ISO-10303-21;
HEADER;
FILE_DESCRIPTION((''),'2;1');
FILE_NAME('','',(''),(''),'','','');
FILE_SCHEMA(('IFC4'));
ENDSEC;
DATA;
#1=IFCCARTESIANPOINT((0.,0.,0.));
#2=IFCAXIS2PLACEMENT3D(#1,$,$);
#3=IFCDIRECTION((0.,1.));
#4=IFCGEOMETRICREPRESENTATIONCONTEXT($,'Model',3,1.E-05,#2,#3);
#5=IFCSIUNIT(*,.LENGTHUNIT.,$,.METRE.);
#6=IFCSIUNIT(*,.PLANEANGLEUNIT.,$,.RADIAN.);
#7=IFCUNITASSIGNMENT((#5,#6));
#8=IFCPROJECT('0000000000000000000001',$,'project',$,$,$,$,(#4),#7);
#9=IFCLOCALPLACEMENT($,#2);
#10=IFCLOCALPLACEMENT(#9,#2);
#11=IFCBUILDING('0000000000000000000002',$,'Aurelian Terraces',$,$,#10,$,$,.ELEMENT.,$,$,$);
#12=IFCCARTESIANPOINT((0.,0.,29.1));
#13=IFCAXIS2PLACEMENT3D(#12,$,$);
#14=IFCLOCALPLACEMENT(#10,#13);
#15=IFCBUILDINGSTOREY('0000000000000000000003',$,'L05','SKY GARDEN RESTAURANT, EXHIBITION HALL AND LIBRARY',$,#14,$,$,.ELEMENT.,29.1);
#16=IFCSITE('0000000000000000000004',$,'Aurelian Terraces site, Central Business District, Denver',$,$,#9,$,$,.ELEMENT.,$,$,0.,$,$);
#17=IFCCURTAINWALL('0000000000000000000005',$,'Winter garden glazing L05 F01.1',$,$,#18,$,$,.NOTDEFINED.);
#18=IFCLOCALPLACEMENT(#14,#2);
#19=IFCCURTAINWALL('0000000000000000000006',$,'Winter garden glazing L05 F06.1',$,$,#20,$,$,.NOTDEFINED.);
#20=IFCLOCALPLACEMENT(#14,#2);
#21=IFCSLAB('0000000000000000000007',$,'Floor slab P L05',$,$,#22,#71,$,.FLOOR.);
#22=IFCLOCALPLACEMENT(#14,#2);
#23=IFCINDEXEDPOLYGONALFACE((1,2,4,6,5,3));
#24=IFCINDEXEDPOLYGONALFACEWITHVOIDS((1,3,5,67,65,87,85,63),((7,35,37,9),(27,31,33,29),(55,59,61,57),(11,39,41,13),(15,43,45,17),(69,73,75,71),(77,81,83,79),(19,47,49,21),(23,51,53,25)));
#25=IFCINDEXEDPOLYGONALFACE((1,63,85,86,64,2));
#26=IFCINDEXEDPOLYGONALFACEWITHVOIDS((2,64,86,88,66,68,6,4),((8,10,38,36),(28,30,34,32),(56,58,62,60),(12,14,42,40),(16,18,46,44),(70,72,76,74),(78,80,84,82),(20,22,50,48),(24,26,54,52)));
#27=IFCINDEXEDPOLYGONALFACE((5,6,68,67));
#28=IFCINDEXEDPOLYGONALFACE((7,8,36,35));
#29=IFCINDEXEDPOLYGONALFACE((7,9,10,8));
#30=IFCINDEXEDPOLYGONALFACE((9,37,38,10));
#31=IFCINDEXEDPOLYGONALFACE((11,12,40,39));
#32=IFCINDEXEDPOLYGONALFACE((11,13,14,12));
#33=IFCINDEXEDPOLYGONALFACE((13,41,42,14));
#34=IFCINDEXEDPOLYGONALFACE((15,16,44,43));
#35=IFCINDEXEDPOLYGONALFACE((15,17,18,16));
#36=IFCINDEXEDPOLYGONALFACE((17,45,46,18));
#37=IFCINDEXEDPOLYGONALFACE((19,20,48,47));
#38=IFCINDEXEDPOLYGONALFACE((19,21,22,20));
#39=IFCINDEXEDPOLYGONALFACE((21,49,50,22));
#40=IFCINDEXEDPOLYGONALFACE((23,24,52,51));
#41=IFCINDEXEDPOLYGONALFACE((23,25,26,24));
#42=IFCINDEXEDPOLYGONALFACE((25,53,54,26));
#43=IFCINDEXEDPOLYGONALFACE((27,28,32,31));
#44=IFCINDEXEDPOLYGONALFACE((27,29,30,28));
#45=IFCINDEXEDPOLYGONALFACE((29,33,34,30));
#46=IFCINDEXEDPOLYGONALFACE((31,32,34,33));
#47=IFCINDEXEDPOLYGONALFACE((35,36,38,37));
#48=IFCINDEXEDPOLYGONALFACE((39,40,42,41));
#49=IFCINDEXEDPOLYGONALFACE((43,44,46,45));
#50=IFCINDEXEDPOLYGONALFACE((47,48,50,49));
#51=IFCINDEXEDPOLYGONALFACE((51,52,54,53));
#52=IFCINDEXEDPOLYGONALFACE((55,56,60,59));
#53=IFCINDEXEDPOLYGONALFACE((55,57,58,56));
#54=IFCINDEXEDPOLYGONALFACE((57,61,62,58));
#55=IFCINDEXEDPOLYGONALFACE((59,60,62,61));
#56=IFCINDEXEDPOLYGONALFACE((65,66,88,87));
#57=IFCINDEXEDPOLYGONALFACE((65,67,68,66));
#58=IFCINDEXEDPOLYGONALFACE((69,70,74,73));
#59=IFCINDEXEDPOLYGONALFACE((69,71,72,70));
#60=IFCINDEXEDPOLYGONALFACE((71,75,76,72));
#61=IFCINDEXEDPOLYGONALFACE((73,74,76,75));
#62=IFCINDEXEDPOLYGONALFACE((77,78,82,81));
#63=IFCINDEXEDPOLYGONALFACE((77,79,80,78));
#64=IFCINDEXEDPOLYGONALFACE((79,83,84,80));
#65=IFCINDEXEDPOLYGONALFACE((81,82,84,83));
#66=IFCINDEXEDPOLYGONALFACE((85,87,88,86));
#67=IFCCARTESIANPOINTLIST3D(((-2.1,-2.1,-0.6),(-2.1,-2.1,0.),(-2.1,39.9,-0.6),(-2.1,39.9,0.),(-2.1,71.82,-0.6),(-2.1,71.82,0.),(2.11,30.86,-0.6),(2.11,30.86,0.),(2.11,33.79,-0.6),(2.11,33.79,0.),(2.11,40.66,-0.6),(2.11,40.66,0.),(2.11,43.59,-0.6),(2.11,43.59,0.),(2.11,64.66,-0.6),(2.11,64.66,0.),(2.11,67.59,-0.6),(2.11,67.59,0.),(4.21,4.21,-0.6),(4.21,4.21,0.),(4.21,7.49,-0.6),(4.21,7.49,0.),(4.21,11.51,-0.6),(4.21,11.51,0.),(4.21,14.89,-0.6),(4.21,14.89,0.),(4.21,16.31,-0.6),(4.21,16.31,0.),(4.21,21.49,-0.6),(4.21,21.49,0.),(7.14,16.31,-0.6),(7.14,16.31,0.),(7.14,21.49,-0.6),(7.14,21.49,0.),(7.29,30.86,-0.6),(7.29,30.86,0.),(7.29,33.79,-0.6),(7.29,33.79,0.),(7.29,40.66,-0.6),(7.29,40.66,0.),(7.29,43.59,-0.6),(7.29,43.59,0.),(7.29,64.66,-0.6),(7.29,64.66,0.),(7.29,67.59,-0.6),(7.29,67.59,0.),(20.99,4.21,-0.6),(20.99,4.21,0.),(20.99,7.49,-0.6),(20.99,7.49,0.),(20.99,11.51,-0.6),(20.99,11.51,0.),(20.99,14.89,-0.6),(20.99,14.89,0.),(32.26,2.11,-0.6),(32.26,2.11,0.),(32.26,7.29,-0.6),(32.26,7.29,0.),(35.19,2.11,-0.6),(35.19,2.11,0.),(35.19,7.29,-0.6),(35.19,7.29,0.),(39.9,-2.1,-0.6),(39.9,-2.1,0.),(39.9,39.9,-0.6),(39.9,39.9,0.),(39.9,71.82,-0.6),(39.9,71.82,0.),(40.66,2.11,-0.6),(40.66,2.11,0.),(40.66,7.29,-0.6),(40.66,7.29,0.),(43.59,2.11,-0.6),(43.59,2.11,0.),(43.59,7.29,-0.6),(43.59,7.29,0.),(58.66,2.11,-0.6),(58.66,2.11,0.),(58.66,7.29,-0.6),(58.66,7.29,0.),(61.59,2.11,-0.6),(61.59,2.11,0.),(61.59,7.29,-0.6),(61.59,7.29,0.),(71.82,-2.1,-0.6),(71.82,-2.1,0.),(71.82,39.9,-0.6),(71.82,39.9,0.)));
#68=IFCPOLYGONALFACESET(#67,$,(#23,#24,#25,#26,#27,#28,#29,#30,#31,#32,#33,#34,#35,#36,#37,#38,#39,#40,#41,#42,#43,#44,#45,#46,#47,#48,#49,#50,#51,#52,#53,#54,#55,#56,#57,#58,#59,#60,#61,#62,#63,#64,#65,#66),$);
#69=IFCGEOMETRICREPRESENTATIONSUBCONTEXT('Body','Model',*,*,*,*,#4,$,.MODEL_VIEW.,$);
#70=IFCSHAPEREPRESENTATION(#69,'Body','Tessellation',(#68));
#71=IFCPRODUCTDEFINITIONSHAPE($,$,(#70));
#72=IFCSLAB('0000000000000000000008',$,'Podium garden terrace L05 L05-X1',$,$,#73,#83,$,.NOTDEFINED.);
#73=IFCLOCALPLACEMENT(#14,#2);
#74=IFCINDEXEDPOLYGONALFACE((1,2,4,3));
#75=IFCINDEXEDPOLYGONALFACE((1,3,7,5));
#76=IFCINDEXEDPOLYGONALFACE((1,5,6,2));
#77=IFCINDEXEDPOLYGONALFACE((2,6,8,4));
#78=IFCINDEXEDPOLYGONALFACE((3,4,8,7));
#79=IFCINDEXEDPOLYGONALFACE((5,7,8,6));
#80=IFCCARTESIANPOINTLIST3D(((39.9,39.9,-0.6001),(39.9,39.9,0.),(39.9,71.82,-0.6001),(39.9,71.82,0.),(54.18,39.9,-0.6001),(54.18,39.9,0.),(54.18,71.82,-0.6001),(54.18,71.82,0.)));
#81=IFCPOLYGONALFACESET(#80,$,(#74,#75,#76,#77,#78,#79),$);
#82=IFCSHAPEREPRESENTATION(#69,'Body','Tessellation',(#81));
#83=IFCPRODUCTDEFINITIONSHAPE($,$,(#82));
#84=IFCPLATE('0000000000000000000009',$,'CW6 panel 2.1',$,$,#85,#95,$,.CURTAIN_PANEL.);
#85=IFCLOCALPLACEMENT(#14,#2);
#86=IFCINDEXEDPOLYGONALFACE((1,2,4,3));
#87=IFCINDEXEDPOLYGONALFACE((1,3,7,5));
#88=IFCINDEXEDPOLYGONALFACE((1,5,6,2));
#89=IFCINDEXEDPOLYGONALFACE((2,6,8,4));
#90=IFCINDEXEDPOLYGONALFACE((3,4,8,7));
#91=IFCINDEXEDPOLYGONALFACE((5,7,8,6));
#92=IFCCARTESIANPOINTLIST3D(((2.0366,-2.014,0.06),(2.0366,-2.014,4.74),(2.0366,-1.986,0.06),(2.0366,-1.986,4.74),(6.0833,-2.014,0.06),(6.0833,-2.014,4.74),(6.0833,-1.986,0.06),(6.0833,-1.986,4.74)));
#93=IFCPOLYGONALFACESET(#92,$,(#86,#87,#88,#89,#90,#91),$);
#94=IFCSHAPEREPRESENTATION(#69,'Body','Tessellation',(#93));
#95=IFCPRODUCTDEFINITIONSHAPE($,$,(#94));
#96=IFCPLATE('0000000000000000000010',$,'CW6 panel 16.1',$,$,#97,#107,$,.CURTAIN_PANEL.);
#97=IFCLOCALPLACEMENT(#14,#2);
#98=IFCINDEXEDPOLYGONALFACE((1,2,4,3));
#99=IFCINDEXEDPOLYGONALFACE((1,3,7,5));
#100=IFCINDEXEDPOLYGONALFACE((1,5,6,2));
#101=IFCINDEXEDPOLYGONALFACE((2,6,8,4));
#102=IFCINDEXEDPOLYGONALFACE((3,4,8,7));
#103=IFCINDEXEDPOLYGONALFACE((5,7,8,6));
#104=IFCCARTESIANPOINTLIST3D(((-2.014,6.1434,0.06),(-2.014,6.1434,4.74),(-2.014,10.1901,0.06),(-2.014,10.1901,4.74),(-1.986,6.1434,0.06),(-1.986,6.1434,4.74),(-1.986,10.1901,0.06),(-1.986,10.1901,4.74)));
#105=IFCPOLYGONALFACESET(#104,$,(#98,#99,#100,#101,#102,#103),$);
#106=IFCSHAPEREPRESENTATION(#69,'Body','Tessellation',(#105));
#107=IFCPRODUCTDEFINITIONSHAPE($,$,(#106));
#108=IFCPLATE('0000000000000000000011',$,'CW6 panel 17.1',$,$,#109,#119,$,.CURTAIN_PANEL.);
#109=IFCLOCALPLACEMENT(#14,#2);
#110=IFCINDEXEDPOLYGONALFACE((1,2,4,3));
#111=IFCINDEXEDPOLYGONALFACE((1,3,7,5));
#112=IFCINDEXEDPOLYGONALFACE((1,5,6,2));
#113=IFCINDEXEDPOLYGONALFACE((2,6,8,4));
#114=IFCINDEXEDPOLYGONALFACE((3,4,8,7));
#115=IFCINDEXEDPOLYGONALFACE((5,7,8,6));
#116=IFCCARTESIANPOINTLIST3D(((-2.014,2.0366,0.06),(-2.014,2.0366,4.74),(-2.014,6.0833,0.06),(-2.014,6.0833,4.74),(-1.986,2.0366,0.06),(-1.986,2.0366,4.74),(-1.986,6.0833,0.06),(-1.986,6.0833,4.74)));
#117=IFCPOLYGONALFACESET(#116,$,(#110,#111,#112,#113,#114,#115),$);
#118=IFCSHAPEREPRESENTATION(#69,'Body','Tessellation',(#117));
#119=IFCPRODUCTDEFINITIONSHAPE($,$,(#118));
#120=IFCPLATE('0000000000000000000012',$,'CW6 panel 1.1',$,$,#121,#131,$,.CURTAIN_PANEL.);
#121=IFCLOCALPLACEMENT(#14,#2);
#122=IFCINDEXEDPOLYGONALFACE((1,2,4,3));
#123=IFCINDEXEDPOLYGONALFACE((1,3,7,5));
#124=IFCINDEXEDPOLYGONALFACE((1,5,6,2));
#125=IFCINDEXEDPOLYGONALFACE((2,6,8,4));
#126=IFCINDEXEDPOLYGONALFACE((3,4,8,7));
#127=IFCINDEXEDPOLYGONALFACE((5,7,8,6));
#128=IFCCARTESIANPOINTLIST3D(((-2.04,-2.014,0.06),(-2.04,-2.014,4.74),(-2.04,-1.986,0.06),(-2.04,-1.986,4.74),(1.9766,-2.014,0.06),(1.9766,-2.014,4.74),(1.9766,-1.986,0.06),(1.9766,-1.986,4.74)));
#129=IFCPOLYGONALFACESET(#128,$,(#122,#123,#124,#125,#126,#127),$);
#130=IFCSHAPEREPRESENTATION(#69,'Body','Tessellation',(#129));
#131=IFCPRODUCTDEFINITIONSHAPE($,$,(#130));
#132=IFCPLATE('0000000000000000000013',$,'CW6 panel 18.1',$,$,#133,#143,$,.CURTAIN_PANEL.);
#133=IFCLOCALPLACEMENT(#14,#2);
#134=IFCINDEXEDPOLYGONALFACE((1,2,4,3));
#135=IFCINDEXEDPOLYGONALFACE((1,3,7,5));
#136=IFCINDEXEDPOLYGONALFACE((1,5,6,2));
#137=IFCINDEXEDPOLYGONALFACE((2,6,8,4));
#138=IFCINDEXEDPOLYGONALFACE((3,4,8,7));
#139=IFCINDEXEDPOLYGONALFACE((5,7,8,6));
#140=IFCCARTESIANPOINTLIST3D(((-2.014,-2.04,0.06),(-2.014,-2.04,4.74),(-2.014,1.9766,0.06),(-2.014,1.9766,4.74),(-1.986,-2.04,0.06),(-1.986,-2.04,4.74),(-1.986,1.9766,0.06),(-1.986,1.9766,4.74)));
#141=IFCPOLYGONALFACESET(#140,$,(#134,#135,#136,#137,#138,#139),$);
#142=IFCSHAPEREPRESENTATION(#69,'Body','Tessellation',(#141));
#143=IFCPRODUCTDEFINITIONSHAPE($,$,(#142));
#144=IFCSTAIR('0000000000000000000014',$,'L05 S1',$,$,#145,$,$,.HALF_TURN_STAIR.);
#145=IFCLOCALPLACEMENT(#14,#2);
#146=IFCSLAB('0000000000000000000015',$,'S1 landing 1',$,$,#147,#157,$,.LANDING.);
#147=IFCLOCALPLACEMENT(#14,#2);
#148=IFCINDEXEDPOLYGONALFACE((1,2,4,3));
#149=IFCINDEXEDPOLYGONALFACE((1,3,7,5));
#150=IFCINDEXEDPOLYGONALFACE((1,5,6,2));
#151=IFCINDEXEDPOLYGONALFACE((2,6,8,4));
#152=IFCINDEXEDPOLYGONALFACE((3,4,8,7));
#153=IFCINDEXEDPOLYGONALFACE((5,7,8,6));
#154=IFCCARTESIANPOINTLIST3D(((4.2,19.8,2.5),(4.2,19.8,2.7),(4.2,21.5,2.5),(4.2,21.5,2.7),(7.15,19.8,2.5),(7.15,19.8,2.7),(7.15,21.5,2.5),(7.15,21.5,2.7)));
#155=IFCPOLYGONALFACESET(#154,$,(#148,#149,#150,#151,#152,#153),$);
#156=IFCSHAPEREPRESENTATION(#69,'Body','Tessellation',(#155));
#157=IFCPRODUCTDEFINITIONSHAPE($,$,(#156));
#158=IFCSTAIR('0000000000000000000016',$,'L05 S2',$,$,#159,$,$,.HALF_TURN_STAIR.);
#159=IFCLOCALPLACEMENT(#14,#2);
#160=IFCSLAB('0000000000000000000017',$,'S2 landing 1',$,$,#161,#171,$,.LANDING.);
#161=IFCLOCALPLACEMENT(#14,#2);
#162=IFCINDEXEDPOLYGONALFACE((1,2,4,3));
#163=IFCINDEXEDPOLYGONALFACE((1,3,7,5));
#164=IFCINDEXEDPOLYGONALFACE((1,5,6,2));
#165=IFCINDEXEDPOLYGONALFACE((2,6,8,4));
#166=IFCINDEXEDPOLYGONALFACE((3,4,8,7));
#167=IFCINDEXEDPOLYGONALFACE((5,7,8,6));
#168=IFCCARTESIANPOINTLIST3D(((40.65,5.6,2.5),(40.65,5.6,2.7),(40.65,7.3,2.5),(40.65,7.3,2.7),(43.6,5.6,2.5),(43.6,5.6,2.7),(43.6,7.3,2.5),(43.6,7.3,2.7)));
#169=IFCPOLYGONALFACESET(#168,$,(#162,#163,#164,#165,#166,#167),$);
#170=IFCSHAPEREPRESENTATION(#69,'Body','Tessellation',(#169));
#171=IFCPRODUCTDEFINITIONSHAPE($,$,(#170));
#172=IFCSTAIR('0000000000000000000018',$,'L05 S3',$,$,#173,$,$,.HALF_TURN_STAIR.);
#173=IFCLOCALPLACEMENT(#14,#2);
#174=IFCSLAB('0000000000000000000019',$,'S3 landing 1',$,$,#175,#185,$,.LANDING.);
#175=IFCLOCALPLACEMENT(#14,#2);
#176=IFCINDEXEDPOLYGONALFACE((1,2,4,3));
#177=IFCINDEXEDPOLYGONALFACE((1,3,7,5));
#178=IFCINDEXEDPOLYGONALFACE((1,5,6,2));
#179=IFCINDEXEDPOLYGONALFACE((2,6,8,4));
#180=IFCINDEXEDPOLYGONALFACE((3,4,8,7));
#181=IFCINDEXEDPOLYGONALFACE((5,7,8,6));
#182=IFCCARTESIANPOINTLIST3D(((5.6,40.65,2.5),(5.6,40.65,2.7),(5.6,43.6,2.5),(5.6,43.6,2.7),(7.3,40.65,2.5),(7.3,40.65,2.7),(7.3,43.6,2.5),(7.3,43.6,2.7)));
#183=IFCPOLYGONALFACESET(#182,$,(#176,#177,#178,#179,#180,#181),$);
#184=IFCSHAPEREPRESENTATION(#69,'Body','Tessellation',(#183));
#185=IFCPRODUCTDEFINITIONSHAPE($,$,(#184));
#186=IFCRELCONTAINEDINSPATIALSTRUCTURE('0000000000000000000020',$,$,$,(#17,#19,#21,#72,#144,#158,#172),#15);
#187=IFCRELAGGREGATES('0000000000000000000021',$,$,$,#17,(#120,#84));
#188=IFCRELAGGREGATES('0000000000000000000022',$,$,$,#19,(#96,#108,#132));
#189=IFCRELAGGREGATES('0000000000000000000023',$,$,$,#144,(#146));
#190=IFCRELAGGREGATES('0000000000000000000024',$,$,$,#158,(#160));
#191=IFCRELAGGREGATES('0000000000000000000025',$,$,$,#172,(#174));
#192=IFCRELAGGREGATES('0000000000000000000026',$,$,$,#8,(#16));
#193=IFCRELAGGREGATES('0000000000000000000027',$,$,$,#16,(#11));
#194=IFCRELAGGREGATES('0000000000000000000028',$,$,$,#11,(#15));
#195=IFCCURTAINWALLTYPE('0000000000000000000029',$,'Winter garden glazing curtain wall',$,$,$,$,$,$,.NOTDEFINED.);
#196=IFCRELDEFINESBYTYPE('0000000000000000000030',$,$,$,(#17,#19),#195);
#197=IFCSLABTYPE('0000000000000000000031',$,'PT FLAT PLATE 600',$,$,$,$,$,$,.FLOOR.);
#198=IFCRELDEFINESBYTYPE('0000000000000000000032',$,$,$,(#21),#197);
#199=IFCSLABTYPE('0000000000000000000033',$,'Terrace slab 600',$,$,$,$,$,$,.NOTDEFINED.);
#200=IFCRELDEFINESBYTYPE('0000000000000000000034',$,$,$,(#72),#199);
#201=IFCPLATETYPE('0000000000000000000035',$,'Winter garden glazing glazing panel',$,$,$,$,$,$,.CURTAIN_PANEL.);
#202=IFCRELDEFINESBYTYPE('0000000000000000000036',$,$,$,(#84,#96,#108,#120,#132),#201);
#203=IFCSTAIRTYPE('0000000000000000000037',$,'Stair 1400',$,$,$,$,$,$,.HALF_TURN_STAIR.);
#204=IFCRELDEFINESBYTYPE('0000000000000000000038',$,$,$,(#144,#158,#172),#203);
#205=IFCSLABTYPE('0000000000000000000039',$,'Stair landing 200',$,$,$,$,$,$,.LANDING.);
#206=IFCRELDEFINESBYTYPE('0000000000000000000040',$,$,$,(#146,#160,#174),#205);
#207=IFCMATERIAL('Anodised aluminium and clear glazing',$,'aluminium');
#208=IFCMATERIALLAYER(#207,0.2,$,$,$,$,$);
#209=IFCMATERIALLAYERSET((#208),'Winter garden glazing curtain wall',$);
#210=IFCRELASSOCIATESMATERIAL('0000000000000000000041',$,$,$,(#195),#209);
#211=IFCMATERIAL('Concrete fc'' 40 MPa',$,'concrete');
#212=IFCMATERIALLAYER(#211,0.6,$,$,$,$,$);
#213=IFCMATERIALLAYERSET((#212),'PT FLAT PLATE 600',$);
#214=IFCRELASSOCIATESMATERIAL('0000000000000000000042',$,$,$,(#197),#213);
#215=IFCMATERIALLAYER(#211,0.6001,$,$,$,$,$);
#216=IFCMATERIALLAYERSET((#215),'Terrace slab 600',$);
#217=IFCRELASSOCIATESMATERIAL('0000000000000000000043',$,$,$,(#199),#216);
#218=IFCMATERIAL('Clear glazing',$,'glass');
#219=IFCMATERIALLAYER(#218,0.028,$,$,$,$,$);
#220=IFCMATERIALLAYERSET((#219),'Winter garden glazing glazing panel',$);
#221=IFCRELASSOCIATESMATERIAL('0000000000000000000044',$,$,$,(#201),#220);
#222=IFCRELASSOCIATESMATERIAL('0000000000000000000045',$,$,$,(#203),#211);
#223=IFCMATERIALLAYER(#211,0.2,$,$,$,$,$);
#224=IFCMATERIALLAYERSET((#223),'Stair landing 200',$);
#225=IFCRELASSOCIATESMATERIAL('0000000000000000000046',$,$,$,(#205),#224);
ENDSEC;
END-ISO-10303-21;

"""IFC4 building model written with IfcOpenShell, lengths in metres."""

from ifc_helpers import new_model, si_unit, direction, frame, origin, origin_2d, place, context, subcontext, project, spatial, polyline, rectangle, outline, extrude, source, transform, mapped, material, layer, layer_set, type_object, element, aggregate, save


model = new_model("IFC4")

# Units and contexts
model_context = context("Model", 3, precision=1e-05, world=origin(), true_north=direction((0.0, 1.0)))
body_context = subcontext(model_context, "Body", "Model", "MODEL_VIEW")
ifc_project = project(units=[si_unit("LENGTHUNIT", "METRE"), si_unit("PLANEANGLEUNIT", "RADIAN")], contexts=[model_context])

# Site, building, storey
site_placement = place(None, origin())
site = spatial("IfcSite", under=ifc_project, at=site_placement, Name="Aurelian Terraces site, Central Business District, Denver", CompositionType="ELEMENT", RefElevation=0.0)
building_placement = place(site_placement, origin())
building = spatial("IfcBuilding", under=site, at=building_placement, Name="Aurelian Terraces", CompositionType="ELEMENT")
storey_placement = place(building_placement, frame((0.0, 0.0, 29.1)))
storey = spatial("IfcBuildingStorey", under=building, at=storey_placement, Name="L05", Description="SKY GARDEN RESTAURANT, EXHIBITION HALL AND LIBRARY", CompositionType="ELEMENT", Elevation=29.1)

# Curtain walls
ifc_material_1 = material(Name="Anodised aluminium and clear glazing", Category="aluminium")
ifc_layer_1 = layer(ifc_material_1, 0.2)
ifc_layer_set_1 = layer_set([ifc_layer_1], Name="Winter garden glazing curtain wall")
curtain_wall_type = type_object("IfcCurtainWallType", Name="Winter garden glazing curtain wall", PredefinedType="NOTDEFINED", material=ifc_layer_set_1)
curtain_wall_1_placement = place(storey_placement, origin())
curtain_wall_1 = element("IfcCurtainWall", 1, at=curtain_wall_1_placement, inside=storey, type_object=curtain_wall_type, Name="Winter garden glazing L05 F01.1", PredefinedType="NOTDEFINED")
curtain_wall_2_placement = place(storey_placement, origin())
curtain_wall_2 = element("IfcCurtainWall", 2, at=curtain_wall_2_placement, inside=storey, type_object=curtain_wall_type, Name="Winter garden glazing L05 F06.1", PredefinedType="NOTDEFINED")

# Slabs
ifc_material_2 = material(Name="Concrete fc' 40 MPa", Category="concrete")
ifc_layer_2 = layer(ifc_material_2, 0.6)
ifc_layer_set_2 = layer_set([ifc_layer_2], Name="PT FLAT PLATE 600")
slab_type_1 = type_object("IfcSlabType", Name="PT FLAT PLATE 600", PredefinedType="FLOOR", material=ifc_layer_set_2)
slab_1_placement = place(storey_placement, frame((0.0, 0.0, -0.6)))
element("IfcSlab", 3, at=slab_1_placement, inside=storey, type_object=slab_type_1, Name="Floor slab P L05", PredefinedType="FLOOR", context=body_context, shape_type="SweptSolid", body=[
    extrude(outline(polyline([(71.82, -2.1), (39.9, -2.1), (-2.1, -2.1), (-2.1, 39.9), (-2.1, 71.82), (39.9, 71.82), (39.9, 39.9), (71.82, 39.9), (71.82, -2.1)]), holes=[polyline([(58.66, 7.29), (58.66, 2.11), (61.59, 2.11), (61.59, 7.29), (58.66, 7.29)]), polyline([(40.66, 7.29), (40.66, 2.11), (43.59, 2.11), (43.59, 7.29), (40.66, 7.29)]), polyline([(32.26, 7.29), (32.26, 2.11), (35.19, 2.11), (35.19, 7.29), (32.26, 7.29)]), polyline([(4.21, 7.49), (4.21, 4.21), (20.99, 4.21), (20.99, 7.49), (4.21, 7.49)]), polyline([(4.21, 14.89), (4.21, 11.51), (20.99, 11.51), (20.99, 14.89), (4.21, 14.89)]), polyline([(7.29, 40.66), (7.29, 43.59), (2.11, 43.59), (2.11, 40.66), (7.29, 40.66)]), polyline([(7.29, 64.66), (7.29, 67.59), (2.11, 67.59), (2.11, 64.66), (7.29, 64.66)]), polyline([(7.29, 33.79), (2.11, 33.79), (2.11, 30.86), (7.29, 30.86), (7.29, 33.79)]), polyline([(4.21, 21.49), (4.21, 16.31), (7.14, 16.31), (7.14, 21.49), (4.21, 21.49)])]), origin(), (0.0, 0.0, 1.0), 0.6),
])
ifc_layer_3 = layer(ifc_material_2, 0.6001)
ifc_layer_set_3 = layer_set([ifc_layer_3], Name="Terrace slab 600")
slab_type_2 = type_object("IfcSlabType", Name="Terrace slab 600", PredefinedType="NOTDEFINED", material=ifc_layer_set_3)
slab_2_placement = place(storey_placement, frame((0.0, 0.0, -0.6001)))
element("IfcSlab", 4, at=slab_2_placement, inside=storey, type_object=slab_type_2, Name="Podium garden terrace L05 L05-X1", PredefinedType="NOTDEFINED", context=body_context, shape_type="SweptSolid", body=[
    extrude(outline(polyline([(54.18, 71.82), (54.18, 39.9), (39.9, 39.9), (39.9, 71.82), (54.18, 71.82)])), origin(), (0.0, 0.0, 1.0), 0.6001),
])

# Plates
ifc_material_3 = material(Name="Clear glazing", Category="glass")
ifc_layer_4 = layer(ifc_material_3, 0.028)
ifc_layer_set_4 = layer_set([ifc_layer_4], Name="Winter garden glazing glazing panel")
plate_type = type_object("IfcPlateType", Name="Winter garden glazing glazing panel", PredefinedType="CURTAIN_PANEL", material=ifc_layer_set_4)
shared_shape_1 = source(origin(), body_context, "Body", "SweptSolid", [
    extrude(rectangle(XDim=4.0467, YDim=0.028, at=origin_2d()), origin(), (0.0, 0.0, 1.0), 4.68),
])
plate_1_placement = place(storey_placement, frame((4.06, -2.0, 0.06), z_axis=(0.0, 0.0, 1.0), x_axis=(1.0, 0.0, 0.0)))
plate_1 = element("IfcPlate", 5, at=plate_1_placement, type_object=plate_type, Name="CW6 panel 2.1", PredefinedType="CURTAIN_PANEL", context=body_context, shape_type="MappedRepresentation", body=[
    mapped(shared_shape_1, transform((0.0, 0.0, 0.0), scale=1.0)),
])
plate_2_placement = place(storey_placement, frame((-2.0, 8.1667, 0.06), z_axis=(0.0, 0.0, 1.0), x_axis=(0.0, -1.0, 0.0)))
plate_2 = element("IfcPlate", 6, at=plate_2_placement, type_object=plate_type, Name="CW6 panel 16.1", PredefinedType="CURTAIN_PANEL", context=body_context, shape_type="MappedRepresentation", body=[
    mapped(shared_shape_1, transform((0.0, 0.0, 0.0), scale=1.0)),
])
plate_3_placement = place(storey_placement, frame((-2.0, 4.06, 0.06), z_axis=(0.0, 0.0, 1.0), x_axis=(0.0, -1.0, 0.0)))
plate_3 = element("IfcPlate", 7, at=plate_3_placement, type_object=plate_type, Name="CW6 panel 17.1", PredefinedType="CURTAIN_PANEL", context=body_context, shape_type="MappedRepresentation", body=[
    mapped(shared_shape_1, transform((0.0, 0.0, 0.0), scale=1.0)),
])
shared_shape_2 = source(origin(), body_context, "Body", "SweptSolid", [
    extrude(rectangle(XDim=4.0167, YDim=0.028, at=origin_2d()), origin(), (0.0, 0.0, 1.0), 4.68),
])
plate_4_placement = place(storey_placement, frame((-0.0317, -2.0, 0.06), z_axis=(0.0, 0.0, 1.0), x_axis=(1.0, 0.0, 0.0)))
plate_4 = element("IfcPlate", 8, at=plate_4_placement, type_object=plate_type, Name="CW6 panel 1.1", PredefinedType="CURTAIN_PANEL", context=body_context, shape_type="MappedRepresentation", body=[
    mapped(shared_shape_2, transform((0.0, 0.0, 0.0), scale=1.0)),
])
aggregate(curtain_wall_1, [plate_4, plate_1])
plate_5_placement = place(storey_placement, frame((-2.0, -0.0317, 0.06), z_axis=(0.0, 0.0, 1.0), x_axis=(0.0, -1.0, 0.0)))
plate_5 = element("IfcPlate", 9, at=plate_5_placement, type_object=plate_type, Name="CW6 panel 18.1", PredefinedType="CURTAIN_PANEL", context=body_context, shape_type="MappedRepresentation", body=[
    mapped(shared_shape_2, transform((0.0, 0.0, 0.0), scale=1.0)),
])
aggregate(curtain_wall_2, [plate_2, plate_3, plate_5])

# Stairs, slabs
stair_type = type_object("IfcStairType", Name="Stair 1400", PredefinedType="HALF_TURN_STAIR", material=ifc_material_2)
stair_1_placement = place(storey_placement, origin())
stair_1 = element("IfcStair", 10, at=stair_1_placement, inside=storey, type_object=stair_type, Name="L05 S1", PredefinedType="HALF_TURN_STAIR")
ifc_layer_5 = layer(ifc_material_2, 0.2)
ifc_layer_set_5 = layer_set([ifc_layer_5], Name="Stair landing 200")
slab_type_3 = type_object("IfcSlabType", Name="Stair landing 200", PredefinedType="LANDING", material=ifc_layer_set_5)
shared_shape_3 = source(origin(), body_context, "Body", "SweptSolid", [
    extrude(outline(polyline([(7.15, 19.8), (7.15, 21.5), (4.2, 21.5), (4.2, 19.8), (7.15, 19.8)])), origin(), (0.0, 0.0, 1.0), 0.2),
])
slab_3_placement = place(storey_placement, frame((0.0, 0.0, 2.5)))
slab_3 = element("IfcSlab", 11, at=slab_3_placement, type_object=slab_type_3, Name="S1 landing 1", PredefinedType="LANDING", context=body_context, shape_type="MappedRepresentation", body=[
    mapped(shared_shape_3, transform((0.0, 0.0, 0.0), scale=1.0)),
])
aggregate(stair_1, [slab_3])
stair_2_placement = place(storey_placement, origin())
stair_2 = element("IfcStair", 12, at=stair_2_placement, inside=storey, type_object=stair_type, Name="L05 S2", PredefinedType="HALF_TURN_STAIR")
shared_shape_4 = source(origin(), body_context, "Body", "SweptSolid", [
    extrude(outline(polyline([(43.6, 5.6), (43.6, 7.3), (40.65, 7.3), (40.65, 5.6), (43.6, 5.6)])), origin(), (0.0, 0.0, 1.0), 0.2),
])
slab_4_placement = place(storey_placement, frame((0.0, 0.0, 2.5)))
slab_4 = element("IfcSlab", 13, at=slab_4_placement, type_object=slab_type_3, Name="S2 landing 1", PredefinedType="LANDING", context=body_context, shape_type="MappedRepresentation", body=[
    mapped(shared_shape_4, transform((0.0, 0.0, 0.0), scale=1.0)),
])
aggregate(stair_2, [slab_4])
stair_3_placement = place(storey_placement, origin())
stair_3 = element("IfcStair", 14, at=stair_3_placement, inside=storey, type_object=stair_type, Name="L05 S3", PredefinedType="HALF_TURN_STAIR")
shared_shape_5 = source(origin(), body_context, "Body", "SweptSolid", [
    extrude(outline(polyline([(5.6, 40.65), (7.3, 40.65), (7.3, 43.6), (5.6, 43.6), (5.6, 40.65)])), origin(), (0.0, 0.0, 1.0), 0.2),
])
slab_5_placement = place(storey_placement, frame((0.0, 0.0, 2.5)))
slab_5 = element("IfcSlab", 15, at=slab_5_placement, type_object=slab_type_3, Name="S3 landing 1", PredefinedType="LANDING", context=body_context, shape_type="MappedRepresentation", body=[
    mapped(shared_shape_5, transform((0.0, 0.0, 0.0), scale=1.0)),
])
aggregate(stair_3, [slab_5])

save(model, "model.ifc")
